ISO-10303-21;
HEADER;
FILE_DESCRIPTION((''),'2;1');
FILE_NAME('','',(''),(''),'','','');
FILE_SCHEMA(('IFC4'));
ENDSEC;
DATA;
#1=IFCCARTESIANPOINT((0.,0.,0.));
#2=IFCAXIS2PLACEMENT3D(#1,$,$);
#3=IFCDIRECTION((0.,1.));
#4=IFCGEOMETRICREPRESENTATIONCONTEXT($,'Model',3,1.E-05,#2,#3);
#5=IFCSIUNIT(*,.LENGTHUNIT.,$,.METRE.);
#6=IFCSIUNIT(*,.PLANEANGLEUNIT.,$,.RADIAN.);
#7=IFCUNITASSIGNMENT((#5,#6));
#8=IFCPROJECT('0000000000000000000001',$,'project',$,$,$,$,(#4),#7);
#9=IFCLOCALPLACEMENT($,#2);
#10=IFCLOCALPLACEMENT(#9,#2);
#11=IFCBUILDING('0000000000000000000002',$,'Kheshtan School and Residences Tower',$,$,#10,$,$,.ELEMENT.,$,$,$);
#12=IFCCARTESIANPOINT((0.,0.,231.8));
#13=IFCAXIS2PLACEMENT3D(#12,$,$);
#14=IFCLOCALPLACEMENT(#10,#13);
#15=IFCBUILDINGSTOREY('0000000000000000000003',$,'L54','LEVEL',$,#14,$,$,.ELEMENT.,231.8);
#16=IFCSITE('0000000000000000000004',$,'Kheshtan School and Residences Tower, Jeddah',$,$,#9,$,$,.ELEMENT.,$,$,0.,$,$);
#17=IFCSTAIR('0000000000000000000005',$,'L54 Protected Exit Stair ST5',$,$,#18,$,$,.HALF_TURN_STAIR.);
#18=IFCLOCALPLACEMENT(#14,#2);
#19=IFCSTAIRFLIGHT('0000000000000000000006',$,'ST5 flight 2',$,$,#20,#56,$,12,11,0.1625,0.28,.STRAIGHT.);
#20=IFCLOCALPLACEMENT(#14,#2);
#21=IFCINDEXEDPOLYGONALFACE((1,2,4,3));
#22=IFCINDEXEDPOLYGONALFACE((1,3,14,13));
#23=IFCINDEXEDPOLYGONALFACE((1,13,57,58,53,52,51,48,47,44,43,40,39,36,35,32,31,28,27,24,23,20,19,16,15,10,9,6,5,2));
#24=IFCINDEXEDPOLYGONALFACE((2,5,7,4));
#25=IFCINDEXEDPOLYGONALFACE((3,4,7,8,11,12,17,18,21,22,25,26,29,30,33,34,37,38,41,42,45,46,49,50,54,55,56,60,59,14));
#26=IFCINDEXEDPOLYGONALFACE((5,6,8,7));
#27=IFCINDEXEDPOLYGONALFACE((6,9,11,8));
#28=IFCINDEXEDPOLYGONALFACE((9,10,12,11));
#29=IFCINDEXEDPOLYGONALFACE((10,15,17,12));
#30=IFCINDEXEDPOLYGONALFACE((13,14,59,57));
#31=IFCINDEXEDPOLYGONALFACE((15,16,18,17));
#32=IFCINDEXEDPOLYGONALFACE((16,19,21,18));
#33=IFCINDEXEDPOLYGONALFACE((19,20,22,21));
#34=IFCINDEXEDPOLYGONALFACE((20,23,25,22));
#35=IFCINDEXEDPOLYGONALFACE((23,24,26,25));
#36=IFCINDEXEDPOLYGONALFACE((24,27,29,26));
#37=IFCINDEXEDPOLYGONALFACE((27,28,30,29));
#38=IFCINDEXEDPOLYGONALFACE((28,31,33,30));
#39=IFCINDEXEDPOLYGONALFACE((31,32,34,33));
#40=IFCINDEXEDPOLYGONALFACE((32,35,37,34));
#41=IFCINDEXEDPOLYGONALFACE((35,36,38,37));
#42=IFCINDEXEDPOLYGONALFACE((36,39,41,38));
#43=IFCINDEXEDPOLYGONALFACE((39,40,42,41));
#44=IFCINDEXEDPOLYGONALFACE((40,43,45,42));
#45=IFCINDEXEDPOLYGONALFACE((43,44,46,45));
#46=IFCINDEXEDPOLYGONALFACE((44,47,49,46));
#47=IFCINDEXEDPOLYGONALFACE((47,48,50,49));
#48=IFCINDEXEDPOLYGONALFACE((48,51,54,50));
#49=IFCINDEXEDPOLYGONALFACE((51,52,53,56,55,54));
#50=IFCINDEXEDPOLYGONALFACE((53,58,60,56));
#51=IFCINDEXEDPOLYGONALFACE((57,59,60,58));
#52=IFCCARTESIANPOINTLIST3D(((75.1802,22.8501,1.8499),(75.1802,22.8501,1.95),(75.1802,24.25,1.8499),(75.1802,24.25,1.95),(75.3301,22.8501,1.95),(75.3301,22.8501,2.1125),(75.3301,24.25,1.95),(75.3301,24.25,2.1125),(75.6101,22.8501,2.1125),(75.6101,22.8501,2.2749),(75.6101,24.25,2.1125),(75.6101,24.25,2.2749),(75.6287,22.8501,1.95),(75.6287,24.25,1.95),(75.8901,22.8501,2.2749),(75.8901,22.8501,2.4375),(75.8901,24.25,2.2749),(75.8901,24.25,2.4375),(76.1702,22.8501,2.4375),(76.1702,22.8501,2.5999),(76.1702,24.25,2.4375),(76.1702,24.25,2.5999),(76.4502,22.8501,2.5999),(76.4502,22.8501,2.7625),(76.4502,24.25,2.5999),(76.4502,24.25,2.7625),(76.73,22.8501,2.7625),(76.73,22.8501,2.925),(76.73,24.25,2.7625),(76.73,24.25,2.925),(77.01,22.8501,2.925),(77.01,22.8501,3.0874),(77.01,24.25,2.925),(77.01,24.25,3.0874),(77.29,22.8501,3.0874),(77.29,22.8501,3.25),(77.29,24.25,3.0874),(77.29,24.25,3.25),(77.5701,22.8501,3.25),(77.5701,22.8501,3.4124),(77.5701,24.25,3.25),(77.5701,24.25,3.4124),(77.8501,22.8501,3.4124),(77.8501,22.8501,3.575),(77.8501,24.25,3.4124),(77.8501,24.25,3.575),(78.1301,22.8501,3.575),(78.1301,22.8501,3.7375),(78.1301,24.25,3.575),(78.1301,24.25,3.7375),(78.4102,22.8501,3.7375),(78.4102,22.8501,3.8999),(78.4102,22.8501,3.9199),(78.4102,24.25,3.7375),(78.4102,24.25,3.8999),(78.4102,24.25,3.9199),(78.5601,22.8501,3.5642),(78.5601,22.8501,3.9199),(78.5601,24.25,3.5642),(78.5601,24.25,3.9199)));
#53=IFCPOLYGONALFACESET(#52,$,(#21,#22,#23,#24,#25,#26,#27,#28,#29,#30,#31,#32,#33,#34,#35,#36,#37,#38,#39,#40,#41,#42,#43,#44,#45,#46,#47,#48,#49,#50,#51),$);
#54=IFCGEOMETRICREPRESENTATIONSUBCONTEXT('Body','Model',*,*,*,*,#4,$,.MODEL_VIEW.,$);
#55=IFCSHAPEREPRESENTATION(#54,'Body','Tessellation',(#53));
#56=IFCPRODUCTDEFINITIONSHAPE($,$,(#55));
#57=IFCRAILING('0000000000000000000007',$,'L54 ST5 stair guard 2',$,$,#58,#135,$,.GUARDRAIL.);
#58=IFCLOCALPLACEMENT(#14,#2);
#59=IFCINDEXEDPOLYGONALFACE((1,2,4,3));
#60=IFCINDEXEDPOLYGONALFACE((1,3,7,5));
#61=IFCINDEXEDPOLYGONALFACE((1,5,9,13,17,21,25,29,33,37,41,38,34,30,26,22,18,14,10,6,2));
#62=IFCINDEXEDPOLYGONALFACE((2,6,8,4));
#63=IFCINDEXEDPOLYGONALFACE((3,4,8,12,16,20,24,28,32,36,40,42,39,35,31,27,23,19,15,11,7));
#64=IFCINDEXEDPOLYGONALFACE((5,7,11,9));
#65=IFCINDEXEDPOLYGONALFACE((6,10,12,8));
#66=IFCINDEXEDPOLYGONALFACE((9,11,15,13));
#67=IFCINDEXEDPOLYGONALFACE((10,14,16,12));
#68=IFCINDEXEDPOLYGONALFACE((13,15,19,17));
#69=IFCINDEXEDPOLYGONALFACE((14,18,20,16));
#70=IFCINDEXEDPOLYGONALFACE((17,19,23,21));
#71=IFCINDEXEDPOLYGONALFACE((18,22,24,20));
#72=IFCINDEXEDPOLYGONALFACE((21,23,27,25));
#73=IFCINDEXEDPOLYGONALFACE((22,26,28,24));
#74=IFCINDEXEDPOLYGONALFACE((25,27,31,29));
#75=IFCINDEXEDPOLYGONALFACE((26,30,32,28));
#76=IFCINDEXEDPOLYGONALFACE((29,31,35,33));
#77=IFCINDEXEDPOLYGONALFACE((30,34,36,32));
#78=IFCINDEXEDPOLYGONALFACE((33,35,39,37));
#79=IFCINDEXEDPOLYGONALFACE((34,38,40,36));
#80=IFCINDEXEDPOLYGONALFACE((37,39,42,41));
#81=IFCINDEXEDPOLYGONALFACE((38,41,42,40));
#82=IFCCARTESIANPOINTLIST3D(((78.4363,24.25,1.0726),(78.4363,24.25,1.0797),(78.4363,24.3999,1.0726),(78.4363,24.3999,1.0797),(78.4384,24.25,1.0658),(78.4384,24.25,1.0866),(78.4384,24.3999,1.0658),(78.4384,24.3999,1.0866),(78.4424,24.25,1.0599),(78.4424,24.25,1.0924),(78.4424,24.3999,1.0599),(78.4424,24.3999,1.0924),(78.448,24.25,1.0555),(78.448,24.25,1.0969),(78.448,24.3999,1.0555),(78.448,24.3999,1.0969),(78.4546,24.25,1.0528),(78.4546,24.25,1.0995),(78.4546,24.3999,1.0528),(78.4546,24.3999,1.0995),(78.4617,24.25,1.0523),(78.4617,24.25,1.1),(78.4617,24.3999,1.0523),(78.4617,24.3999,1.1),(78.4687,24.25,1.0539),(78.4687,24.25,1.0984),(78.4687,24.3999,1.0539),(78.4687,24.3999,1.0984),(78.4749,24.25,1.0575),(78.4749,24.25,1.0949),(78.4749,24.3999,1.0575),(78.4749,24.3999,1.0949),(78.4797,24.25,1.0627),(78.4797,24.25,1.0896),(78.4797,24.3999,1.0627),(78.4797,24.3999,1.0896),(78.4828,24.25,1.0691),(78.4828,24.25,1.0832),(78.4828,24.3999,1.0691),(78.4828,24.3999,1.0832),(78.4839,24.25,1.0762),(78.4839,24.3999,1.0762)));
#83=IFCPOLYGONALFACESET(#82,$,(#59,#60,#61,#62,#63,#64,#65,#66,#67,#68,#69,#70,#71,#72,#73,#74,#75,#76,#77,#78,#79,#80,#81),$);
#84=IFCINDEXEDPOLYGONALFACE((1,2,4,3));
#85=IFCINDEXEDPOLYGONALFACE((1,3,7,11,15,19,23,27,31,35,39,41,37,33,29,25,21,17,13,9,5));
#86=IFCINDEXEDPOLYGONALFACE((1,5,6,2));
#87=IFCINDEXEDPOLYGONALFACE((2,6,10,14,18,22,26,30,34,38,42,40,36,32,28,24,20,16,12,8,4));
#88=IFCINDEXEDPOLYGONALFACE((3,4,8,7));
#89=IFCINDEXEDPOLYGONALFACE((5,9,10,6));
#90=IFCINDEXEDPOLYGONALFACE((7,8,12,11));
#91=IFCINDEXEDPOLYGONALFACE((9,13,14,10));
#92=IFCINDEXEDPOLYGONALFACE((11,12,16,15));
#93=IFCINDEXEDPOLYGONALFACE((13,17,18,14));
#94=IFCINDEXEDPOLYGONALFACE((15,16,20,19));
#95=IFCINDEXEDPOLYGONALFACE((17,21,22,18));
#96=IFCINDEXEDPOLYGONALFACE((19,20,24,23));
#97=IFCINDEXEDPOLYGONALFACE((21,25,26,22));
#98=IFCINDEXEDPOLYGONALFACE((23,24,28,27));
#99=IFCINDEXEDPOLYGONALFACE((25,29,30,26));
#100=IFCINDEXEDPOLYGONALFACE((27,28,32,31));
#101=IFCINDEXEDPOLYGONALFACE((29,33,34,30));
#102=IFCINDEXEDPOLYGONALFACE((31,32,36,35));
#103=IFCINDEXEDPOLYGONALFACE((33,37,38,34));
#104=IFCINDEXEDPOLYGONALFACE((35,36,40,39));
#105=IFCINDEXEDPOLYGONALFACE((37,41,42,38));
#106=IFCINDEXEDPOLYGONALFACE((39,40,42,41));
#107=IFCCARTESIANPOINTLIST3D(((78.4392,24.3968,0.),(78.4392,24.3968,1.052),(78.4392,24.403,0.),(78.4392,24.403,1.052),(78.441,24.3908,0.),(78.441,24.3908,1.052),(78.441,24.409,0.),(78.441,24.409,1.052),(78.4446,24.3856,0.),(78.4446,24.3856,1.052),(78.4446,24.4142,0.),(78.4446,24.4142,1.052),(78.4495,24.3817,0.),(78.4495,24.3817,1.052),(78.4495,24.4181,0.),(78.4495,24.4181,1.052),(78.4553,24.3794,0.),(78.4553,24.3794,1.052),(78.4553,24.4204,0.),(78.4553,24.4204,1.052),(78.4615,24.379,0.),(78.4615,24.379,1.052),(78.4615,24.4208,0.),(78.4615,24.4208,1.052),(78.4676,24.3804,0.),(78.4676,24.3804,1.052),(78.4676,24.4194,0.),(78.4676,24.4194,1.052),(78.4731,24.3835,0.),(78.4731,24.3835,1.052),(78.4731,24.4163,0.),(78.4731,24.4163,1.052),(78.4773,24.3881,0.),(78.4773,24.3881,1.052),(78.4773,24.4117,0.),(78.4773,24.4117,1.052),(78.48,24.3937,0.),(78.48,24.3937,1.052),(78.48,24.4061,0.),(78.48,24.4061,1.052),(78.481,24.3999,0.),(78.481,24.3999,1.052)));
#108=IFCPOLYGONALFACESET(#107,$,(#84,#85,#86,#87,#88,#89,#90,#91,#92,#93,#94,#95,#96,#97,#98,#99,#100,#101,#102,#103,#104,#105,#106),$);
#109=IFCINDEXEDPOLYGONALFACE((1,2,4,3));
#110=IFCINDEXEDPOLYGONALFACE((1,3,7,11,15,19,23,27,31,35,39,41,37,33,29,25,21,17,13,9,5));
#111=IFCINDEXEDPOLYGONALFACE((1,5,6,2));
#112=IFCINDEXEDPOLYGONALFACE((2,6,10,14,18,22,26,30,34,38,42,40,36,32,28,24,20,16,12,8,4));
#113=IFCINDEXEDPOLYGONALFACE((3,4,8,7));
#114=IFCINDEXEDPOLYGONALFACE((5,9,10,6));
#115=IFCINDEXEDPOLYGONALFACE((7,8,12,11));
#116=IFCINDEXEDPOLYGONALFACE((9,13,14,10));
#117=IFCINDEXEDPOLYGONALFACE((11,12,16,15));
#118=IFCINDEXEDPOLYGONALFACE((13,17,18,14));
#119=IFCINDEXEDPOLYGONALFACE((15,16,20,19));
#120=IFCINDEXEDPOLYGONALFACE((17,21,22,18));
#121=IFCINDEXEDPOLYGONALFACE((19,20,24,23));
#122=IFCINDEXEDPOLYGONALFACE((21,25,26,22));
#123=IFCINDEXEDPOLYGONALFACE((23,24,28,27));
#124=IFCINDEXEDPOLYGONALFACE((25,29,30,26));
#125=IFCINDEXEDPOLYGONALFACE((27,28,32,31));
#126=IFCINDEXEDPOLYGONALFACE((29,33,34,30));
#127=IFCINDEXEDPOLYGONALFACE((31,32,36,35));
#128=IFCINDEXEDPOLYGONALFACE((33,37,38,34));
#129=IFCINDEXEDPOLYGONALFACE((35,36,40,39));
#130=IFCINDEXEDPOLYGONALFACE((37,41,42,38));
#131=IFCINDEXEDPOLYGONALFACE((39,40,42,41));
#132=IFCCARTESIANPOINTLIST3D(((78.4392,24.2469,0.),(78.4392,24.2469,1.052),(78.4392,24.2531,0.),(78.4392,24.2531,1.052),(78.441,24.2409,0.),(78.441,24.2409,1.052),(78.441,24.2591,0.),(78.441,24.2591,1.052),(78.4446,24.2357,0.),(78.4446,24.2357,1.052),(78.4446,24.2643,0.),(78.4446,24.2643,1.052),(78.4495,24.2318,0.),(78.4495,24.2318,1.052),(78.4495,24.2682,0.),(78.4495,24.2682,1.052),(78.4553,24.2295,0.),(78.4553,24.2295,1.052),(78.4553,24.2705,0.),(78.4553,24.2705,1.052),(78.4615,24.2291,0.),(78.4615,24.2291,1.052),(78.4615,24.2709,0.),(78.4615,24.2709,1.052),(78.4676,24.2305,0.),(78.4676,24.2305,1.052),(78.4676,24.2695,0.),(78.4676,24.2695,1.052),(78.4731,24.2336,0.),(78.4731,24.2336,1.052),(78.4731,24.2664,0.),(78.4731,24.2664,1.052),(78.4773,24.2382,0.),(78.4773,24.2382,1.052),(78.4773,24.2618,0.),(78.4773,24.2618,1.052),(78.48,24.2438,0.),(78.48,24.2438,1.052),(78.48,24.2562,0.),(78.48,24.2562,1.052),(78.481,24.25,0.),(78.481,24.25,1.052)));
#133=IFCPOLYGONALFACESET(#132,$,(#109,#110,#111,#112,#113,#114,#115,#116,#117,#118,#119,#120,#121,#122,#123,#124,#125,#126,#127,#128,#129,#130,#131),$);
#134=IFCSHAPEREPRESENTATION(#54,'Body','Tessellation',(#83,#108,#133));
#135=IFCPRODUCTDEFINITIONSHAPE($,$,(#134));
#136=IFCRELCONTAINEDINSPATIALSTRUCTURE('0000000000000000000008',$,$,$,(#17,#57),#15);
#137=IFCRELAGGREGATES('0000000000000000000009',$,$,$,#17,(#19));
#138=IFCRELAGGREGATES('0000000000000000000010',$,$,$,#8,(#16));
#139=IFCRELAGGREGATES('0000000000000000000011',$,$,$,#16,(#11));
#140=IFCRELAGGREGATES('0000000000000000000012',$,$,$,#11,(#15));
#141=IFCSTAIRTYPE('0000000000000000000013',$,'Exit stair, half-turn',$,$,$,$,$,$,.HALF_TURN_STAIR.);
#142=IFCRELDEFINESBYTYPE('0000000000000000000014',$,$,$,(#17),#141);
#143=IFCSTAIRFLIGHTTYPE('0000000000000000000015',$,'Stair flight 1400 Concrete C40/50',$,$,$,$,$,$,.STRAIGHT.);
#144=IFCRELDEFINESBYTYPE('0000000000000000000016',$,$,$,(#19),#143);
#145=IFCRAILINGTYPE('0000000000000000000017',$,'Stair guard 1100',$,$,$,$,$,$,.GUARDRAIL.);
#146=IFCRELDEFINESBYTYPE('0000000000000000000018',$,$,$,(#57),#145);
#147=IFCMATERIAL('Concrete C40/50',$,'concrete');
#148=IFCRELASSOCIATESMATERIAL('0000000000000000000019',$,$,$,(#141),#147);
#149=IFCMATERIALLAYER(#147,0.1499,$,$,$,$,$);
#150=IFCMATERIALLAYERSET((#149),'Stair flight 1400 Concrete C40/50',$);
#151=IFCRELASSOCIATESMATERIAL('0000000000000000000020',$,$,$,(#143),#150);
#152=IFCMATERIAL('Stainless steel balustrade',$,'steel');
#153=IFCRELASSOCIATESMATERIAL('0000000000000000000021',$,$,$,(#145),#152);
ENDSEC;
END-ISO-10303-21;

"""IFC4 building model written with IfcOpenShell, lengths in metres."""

from ifc_helpers import new_model, si_unit, direction, frame, origin, origin_2d, place, context, subcontext, project, spatial, polyline, circle, outline, extrude, material, layer, layer_set, type_object, element, aggregate, save


model = new_model("IFC4")

# Units and contexts
model_context = context("Model", 3, precision=1e-05, world=origin(), true_north=direction((0.0, 1.0)))
body_context = subcontext(model_context, "Body", "Model", "MODEL_VIEW")
ifc_project = project(units=[si_unit("LENGTHUNIT", "METRE"), si_unit("PLANEANGLEUNIT", "RADIAN")], contexts=[model_context])

# Site, building, storey
site_placement = place(None, origin())
site = spatial("IfcSite", under=ifc_project, at=site_placement, Name="Kheshtan School and Residences Tower, Jeddah", CompositionType="ELEMENT", RefElevation=0.0)
building_placement = place(site_placement, origin())
building = spatial("IfcBuilding", under=site, at=building_placement, Name="Kheshtan School and Residences Tower", CompositionType="ELEMENT")
storey_placement = place(building_placement, frame((0.0, 0.0, 231.8)))
storey = spatial("IfcBuildingStorey", under=building, at=storey_placement, Name="L54", Description="LEVEL", CompositionType="ELEMENT", Elevation=231.8)

# Shared definitions
ifc_material_1 = material(Name="Concrete C40/50", Category="concrete")

# Stair, stair flight
stair_type = type_object("IfcStairType", Name="Exit stair, half-turn", PredefinedType="HALF_TURN_STAIR", material=ifc_material_1)
stair_placement = place(storey_placement, origin())
stair = element("IfcStair", 1, at=stair_placement, inside=storey, type_object=stair_type, Name="L54 Protected Exit Stair ST5", PredefinedType="HALF_TURN_STAIR")
ifc_layer_1 = layer(ifc_material_1, 0.1499)
ifc_layer_set_1 = layer_set([ifc_layer_1], Name="Stair flight 1400 Concrete C40/50")
stair_flight_type = type_object("IfcStairFlightType", Name="Stair flight 1400 Concrete C40/50", PredefinedType="STRAIGHT", material=ifc_layer_set_1)
stair_flight_1_placement = place(storey_placement, frame((75.3301, 23.55, 1.95), z_axis=(0.0, 0.0, 1.0), x_axis=(1.0, 0.0, 0.0)))
stair_flight_1 = element("IfcStairFlight", 2, at=stair_flight_1_placement, type_object=stair_flight_type, Name="ST5 flight 2", NumberOfRisers=12, NumberOfTreads=11, PredefinedType="STRAIGHT", RiserHeight=0.1625, TreadLength=0.28, context=body_context, shape_type="SweptSolid", body=[
    extrude(outline(polyline([(-0.1499, -0.1001), (-0.1499, 0.0), (0.0, 0.0), (0.0, 0.1626), (0.28, 0.1626), (0.28, 0.325), (0.5601, 0.325), (0.5601, 0.4875), (0.8401, 0.4875), (0.8401, 0.6499), (1.1201, 0.6499), (1.1201, 0.8125), (1.3999, 0.8125), (1.3999, 0.9751), (1.6799, 0.9751), (1.6799, 1.1375), (1.96, 1.1375), (1.96, 1.3), (2.24, 1.3), (2.24, 1.4624), (2.52, 1.4624), (2.52, 1.625), (2.8, 1.625), (2.8, 1.7876), (3.0801, 1.7876), (3.0801, 1.95), (3.0801, 1.97), (3.23, 1.97), (3.23, 1.6143), (0.2986, 0.0), (-0.1499, -0.1001)])), frame((0.0, 0.7, 0.0), z_axis=(0.0, -1.0, 0.0), x_axis=(1.0, 0.0, 0.0)), (0.0, 0.0, 1.0), 1.3999),
])
aggregate(stair, [stair_flight_1])

# Railing
ifc_material_2 = material(Name="Stainless steel balustrade", Category="steel")
railing_type_1 = type_object("IfcRailingType", Name="Stair guard 1100", PredefinedType="GUARDRAIL", material=ifc_material_2)
railing_1_placement = place(storey_placement, frame((78.46, 24.3999, 0.0)))
element("IfcRailing", 3, at=railing_1_placement, inside=storey, type_object=railing_type_1, Name="L54 ST5 stair guard 2", PredefinedType="GUARDRAIL", context=body_context, shape_type="SweptSolid", body=[
    extrude(circle(Radius=0.0239, at=origin_2d()), frame((0.0, 0.0, 1.0762), z_axis=(0.0, -1.0, 0.0), x_axis=(1.0, 0.0, 0.0)), (0.0, 0.0, 1.0), 0.1499),
    extrude(circle(Radius=0.021, at=origin_2d()), origin(), (0.0, 0.0, 1.0), 1.052),
    extrude(circle(Radius=0.021, at=origin_2d()), frame((0.0, -0.1499, 0.0)), (0.0, 0.0, 1.0), 1.052),
])

save(model, "model.ifc")
